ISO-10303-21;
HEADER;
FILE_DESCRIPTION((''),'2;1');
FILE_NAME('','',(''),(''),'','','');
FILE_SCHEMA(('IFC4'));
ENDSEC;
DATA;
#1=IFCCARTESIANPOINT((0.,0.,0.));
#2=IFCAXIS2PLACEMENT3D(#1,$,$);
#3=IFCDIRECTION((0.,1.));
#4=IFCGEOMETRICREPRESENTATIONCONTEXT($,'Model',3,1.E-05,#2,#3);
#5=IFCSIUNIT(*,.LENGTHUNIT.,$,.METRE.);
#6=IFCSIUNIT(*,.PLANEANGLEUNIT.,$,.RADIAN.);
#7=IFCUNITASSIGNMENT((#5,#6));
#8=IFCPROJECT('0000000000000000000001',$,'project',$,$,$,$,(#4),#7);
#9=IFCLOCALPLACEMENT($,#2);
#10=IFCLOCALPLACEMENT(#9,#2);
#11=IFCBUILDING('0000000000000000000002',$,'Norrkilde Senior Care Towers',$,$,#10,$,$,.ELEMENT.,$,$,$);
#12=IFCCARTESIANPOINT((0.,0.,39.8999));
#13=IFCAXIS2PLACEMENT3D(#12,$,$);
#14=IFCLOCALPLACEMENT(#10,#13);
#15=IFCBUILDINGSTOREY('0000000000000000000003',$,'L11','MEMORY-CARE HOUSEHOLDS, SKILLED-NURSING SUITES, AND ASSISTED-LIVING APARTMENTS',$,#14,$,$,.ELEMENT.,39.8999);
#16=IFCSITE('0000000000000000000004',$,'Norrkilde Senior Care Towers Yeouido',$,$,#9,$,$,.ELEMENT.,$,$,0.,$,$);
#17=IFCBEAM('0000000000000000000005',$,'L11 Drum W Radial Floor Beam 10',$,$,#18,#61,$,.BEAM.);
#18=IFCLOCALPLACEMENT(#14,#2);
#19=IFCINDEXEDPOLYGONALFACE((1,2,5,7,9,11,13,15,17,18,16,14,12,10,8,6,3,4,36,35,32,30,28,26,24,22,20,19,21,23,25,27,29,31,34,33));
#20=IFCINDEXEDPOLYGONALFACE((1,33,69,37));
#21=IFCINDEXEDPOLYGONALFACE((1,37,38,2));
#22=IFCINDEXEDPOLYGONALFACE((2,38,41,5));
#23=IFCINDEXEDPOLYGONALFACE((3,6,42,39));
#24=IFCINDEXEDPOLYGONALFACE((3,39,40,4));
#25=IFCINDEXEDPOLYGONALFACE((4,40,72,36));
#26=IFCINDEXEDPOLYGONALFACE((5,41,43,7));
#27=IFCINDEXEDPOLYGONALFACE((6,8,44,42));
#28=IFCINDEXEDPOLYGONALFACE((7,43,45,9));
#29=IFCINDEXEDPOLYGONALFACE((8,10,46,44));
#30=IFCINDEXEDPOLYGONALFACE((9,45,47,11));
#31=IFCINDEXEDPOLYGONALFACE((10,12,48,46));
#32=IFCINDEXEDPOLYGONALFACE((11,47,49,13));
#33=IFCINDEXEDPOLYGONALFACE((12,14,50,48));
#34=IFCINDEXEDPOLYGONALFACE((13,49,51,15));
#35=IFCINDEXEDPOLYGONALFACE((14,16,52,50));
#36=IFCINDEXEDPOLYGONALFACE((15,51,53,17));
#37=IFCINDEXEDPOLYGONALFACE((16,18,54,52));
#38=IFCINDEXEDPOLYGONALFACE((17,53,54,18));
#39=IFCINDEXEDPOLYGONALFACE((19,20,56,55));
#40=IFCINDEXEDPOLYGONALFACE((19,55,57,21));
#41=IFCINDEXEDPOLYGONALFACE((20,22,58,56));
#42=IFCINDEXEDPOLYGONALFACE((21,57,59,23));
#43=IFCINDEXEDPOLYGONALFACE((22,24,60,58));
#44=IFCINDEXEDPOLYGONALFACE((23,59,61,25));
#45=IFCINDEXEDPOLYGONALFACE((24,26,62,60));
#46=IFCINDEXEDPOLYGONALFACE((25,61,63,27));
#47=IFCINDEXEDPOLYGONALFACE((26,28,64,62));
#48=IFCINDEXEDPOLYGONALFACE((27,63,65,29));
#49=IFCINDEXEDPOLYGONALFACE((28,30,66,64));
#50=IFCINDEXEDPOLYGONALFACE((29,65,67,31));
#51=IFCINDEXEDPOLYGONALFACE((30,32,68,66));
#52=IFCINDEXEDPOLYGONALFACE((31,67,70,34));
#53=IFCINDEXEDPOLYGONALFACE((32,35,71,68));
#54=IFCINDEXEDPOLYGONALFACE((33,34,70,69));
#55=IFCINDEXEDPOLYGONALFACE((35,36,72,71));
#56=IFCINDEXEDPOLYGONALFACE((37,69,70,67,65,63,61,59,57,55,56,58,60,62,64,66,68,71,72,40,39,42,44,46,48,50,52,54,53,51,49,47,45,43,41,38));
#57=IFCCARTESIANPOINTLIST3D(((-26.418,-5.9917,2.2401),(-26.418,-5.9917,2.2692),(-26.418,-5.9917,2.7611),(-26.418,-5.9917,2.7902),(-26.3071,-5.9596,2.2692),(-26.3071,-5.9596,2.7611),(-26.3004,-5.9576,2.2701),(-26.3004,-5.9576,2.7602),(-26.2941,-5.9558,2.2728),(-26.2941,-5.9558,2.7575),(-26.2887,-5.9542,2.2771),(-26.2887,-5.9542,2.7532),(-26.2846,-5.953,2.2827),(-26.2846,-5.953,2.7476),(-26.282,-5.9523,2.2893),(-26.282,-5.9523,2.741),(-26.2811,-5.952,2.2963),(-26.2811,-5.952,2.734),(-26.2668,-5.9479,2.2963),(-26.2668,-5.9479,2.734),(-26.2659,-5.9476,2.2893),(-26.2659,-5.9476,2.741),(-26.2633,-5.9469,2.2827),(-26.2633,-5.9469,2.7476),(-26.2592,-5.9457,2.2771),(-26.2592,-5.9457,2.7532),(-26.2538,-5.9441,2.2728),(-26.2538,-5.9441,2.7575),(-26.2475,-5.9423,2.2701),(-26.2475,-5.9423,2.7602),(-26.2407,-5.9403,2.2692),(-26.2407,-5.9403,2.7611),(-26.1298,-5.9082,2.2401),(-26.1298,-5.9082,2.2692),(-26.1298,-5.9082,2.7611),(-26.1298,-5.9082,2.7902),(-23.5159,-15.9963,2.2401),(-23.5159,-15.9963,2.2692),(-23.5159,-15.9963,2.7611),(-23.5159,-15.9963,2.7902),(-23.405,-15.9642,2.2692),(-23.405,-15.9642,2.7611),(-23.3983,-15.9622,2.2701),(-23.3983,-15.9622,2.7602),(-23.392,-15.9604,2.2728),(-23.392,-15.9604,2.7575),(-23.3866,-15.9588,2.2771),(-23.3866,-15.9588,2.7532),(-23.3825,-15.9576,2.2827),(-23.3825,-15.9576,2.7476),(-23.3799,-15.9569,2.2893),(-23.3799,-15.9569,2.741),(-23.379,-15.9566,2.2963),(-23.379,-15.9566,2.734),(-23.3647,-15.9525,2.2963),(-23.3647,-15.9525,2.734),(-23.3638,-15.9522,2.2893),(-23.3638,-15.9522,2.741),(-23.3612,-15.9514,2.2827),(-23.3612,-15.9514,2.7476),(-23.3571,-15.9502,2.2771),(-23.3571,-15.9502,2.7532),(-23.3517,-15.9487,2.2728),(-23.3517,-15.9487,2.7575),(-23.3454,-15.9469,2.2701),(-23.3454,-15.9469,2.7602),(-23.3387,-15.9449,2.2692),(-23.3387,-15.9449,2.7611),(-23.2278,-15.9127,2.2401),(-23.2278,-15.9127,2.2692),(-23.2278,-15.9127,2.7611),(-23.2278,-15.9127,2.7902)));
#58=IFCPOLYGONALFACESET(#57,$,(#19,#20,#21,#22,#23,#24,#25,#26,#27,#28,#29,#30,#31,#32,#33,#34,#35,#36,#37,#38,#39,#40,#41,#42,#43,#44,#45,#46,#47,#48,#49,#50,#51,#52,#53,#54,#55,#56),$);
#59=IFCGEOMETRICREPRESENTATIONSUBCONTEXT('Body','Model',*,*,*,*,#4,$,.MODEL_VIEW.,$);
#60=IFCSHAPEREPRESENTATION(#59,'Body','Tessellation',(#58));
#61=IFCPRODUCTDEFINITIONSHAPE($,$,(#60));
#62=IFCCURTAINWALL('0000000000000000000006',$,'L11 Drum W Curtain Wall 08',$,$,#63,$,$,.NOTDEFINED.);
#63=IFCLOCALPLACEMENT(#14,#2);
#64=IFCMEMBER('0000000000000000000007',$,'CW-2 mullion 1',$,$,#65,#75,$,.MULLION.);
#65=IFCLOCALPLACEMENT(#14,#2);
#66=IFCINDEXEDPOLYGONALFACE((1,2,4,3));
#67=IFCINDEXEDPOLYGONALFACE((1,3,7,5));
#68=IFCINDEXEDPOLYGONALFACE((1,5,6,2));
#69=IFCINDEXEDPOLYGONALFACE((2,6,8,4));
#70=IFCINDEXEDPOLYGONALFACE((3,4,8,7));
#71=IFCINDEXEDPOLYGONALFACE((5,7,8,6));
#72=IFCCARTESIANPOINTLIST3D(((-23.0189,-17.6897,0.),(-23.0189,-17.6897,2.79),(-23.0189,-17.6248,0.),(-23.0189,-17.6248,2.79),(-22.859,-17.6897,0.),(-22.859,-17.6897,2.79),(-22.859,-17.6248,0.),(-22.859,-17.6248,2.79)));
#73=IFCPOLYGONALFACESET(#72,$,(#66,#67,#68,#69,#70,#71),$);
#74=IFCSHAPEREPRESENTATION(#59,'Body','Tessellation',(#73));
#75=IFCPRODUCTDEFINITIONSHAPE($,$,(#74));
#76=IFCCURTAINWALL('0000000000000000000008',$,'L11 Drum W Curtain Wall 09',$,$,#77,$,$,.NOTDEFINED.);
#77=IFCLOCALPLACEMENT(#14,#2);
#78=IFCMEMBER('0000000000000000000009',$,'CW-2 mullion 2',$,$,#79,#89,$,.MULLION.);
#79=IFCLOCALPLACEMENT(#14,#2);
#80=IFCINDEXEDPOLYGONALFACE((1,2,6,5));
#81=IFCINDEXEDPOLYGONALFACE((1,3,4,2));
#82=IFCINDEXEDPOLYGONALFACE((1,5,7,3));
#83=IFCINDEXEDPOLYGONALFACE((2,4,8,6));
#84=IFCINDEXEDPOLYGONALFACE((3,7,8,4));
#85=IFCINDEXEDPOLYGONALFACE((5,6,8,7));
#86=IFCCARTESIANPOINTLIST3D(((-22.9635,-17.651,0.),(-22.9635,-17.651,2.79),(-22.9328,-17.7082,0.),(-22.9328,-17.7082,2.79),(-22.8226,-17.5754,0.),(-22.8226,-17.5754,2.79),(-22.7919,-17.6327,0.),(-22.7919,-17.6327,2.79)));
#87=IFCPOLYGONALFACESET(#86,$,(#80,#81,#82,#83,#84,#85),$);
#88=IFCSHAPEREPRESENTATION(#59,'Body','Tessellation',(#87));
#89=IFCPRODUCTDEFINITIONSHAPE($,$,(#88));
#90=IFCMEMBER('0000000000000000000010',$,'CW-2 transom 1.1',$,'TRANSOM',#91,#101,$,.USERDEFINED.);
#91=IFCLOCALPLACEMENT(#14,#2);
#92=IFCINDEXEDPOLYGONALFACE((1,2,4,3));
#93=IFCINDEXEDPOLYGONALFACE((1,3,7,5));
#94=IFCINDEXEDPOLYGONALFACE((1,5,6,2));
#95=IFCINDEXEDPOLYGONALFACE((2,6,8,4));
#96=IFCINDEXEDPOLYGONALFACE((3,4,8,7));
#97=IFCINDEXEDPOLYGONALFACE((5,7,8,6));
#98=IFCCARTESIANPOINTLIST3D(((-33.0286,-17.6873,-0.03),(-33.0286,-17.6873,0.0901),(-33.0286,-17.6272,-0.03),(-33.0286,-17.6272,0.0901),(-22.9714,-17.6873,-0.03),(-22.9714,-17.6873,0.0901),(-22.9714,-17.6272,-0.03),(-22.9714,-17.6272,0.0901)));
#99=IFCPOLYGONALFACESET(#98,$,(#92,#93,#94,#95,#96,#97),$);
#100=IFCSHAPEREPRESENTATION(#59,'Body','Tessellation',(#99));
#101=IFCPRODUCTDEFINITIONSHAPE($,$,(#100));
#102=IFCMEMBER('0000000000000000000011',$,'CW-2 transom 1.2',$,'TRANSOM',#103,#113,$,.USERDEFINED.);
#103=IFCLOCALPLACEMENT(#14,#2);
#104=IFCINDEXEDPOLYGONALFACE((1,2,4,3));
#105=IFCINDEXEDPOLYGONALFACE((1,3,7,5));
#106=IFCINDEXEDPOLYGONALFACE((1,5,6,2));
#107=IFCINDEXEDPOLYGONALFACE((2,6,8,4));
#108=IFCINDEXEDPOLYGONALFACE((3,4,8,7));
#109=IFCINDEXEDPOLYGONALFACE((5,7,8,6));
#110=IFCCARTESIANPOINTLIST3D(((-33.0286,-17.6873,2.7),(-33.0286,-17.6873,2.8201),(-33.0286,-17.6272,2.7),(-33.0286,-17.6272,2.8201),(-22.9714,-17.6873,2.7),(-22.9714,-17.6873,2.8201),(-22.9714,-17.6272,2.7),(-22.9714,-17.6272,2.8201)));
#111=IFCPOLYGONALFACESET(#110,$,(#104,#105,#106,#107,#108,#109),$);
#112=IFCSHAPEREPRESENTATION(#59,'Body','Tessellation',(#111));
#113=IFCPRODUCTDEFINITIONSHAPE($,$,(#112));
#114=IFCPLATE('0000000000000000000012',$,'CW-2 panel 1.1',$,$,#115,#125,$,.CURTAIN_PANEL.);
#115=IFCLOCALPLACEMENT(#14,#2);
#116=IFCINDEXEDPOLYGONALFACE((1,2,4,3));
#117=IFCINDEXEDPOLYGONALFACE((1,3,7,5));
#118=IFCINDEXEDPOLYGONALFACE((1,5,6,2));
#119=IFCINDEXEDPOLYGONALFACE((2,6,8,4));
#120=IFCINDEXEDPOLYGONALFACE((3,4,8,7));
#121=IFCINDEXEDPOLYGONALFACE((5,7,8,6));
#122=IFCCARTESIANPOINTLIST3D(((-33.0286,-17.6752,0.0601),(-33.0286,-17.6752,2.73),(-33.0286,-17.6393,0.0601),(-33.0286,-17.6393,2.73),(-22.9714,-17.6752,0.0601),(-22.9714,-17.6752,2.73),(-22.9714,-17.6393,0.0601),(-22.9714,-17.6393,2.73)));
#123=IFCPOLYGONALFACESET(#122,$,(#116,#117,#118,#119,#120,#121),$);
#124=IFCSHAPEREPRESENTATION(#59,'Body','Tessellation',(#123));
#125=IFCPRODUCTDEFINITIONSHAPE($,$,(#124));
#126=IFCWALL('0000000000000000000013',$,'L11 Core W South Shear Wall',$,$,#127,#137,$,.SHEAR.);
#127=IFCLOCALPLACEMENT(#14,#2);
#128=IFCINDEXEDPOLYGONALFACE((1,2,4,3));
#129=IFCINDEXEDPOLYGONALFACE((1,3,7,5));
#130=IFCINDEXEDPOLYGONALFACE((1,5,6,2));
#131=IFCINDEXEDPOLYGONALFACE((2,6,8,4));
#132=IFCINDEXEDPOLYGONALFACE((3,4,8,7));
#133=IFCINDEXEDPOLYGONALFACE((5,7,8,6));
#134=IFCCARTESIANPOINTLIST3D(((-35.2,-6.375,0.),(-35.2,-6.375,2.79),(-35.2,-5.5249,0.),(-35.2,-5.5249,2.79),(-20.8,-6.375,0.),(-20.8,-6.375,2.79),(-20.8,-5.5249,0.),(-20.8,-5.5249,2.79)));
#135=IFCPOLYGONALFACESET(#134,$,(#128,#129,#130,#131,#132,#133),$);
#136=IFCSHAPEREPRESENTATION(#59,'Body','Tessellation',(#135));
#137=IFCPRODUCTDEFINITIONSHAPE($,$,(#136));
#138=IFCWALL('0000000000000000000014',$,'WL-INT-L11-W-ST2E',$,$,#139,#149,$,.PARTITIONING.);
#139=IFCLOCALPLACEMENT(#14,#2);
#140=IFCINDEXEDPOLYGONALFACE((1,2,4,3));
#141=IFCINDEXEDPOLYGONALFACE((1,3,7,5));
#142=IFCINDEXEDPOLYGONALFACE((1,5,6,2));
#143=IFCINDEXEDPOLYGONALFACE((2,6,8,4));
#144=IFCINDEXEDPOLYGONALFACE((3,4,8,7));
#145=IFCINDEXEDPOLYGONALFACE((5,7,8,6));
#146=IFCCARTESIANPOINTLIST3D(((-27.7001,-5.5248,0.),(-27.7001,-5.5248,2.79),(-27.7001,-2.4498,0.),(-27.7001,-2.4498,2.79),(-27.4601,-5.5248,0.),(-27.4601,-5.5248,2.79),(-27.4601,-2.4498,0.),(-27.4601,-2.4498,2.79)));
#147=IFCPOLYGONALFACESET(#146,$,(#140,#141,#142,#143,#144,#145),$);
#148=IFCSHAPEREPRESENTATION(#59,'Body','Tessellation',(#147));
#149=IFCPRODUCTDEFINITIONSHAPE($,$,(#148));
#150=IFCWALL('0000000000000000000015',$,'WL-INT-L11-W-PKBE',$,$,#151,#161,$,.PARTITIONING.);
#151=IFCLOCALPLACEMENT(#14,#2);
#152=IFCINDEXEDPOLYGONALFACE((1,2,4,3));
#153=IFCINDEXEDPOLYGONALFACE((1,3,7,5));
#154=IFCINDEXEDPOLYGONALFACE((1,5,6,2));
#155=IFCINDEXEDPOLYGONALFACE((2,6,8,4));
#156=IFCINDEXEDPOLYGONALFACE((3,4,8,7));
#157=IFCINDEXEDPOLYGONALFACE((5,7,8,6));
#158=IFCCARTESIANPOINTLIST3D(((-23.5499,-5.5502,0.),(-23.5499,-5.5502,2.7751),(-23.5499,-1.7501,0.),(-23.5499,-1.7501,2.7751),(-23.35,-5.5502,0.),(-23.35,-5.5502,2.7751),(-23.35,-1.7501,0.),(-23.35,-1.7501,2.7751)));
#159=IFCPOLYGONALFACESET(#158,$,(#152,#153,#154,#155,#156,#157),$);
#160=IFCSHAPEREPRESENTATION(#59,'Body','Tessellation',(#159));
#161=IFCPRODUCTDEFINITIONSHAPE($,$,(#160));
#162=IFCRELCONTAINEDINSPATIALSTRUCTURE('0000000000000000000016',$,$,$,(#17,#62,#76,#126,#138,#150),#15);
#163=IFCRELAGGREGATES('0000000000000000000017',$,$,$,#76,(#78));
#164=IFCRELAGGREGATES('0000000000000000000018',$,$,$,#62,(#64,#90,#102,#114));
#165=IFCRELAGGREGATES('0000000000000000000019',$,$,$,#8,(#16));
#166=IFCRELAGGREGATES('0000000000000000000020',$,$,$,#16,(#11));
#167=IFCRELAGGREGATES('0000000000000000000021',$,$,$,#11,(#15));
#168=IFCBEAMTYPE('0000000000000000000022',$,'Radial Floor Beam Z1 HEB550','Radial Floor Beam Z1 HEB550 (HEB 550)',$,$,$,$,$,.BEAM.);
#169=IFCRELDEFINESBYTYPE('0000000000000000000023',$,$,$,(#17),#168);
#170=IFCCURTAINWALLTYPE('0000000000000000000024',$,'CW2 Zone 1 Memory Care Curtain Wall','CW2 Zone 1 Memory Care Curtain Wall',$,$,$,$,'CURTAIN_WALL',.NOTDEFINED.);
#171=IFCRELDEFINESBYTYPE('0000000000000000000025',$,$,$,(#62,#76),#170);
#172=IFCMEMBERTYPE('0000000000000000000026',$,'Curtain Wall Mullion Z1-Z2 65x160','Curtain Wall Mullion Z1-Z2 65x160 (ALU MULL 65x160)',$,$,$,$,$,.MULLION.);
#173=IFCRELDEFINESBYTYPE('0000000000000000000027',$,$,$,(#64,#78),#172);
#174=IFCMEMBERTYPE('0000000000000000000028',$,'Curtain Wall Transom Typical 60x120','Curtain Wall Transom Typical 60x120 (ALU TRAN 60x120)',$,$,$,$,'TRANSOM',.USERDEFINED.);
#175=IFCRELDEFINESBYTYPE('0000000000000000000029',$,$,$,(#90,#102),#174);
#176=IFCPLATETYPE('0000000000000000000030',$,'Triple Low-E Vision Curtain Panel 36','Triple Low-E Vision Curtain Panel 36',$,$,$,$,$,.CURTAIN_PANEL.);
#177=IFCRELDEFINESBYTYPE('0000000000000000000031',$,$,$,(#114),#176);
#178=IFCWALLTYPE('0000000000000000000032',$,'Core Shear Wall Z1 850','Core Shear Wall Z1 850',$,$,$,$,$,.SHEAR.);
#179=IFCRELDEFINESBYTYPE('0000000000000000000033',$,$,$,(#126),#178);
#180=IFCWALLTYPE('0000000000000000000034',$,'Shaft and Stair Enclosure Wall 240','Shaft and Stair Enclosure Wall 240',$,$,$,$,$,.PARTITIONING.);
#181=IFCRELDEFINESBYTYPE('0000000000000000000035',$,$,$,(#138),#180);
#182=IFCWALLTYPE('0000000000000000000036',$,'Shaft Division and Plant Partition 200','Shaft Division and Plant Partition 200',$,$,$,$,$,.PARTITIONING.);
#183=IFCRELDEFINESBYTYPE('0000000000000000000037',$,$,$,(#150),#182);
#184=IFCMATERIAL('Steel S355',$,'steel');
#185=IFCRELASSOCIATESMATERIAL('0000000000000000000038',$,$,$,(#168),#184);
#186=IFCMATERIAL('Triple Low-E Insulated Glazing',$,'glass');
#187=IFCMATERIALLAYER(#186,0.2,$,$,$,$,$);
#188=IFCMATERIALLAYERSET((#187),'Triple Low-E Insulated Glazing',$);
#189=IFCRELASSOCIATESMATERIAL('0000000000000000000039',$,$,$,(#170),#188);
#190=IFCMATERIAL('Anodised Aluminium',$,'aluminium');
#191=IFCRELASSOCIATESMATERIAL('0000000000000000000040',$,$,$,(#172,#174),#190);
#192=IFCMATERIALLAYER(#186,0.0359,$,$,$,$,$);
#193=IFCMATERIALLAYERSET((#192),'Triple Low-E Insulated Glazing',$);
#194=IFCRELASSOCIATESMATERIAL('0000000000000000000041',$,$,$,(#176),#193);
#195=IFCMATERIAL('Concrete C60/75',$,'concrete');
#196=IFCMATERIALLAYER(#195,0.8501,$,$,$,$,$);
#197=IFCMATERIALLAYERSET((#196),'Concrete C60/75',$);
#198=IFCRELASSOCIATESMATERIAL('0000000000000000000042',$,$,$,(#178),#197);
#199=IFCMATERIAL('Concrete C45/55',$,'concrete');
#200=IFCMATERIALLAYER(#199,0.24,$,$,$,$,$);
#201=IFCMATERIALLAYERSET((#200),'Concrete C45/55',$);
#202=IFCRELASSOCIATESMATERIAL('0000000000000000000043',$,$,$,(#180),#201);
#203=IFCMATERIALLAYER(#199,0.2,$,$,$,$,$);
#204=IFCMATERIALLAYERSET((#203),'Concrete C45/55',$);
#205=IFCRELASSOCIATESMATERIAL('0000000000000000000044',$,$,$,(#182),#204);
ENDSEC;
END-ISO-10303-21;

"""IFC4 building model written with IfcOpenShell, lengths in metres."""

from ifc_helpers import new_model, si_unit, direction, frame, frame_2d, origin, origin_2d, place, context, subcontext, project, spatial, rectangle, i_section, extrude, source, transform, mapped, material, layer, layer_set, material_profile, profile_set, type_object, type_shapes, element, aggregate, save


model = new_model("IFC4")

# Units and contexts
model_context = context("Model", 3, precision=1e-05, world=origin(), true_north=direction((0.0, 1.0)))
body_context = subcontext(model_context, "Body", "Model", "MODEL_VIEW")
ifc_project = project(units=[si_unit("LENGTHUNIT", "METRE"), si_unit("PLANEANGLEUNIT", "RADIAN")], contexts=[model_context])

# Site, building, storey
site_placement = place(None, origin())
site = spatial("IfcSite", under=ifc_project, at=site_placement, Name="Norrkilde Senior Care Towers Yeouido", CompositionType="ELEMENT", RefElevation=0.0)
building_placement = place(site_placement, origin())
building = spatial("IfcBuilding", under=site, at=building_placement, Name="Norrkilde Senior Care Towers", CompositionType="ELEMENT")
storey_placement = place(building_placement, frame((0.0, 0.0, 39.8999)))
storey = spatial("IfcBuildingStorey", under=building, at=storey_placement, Name="L11", Description="MEMORY-CARE HOUSEHOLDS, SKILLED-NURSING SUITES, AND ASSISTED-LIVING APARTMENTS", CompositionType="ELEMENT", Elevation=39.8999)

# Shared definitions
ifc_material_1 = material(Name="Concrete C60/75", Category="concrete")

# Beam
ifc_material_2 = material(Name="Steel S355", Category="steel")
ifc_material_profile_1 = material_profile(ifc_material_2, i_section(OverallWidth=0.3, OverallDepth=0.55, WebThickness=0.0149, FlangeThickness=0.0291, FilletRadius=0.0271, at=origin_2d()), Name="HEB 550")
ifc_profile_set_1 = profile_set([ifc_material_profile_1], Name="Steel S355")
beam_type_1 = type_object("IfcBeamType", Name="Radial Floor Beam Z1 HEB550", Description="Radial Floor Beam Z1 HEB550 (HEB 550)", PredefinedType="BEAM", material=ifc_profile_set_1)
shared_shape_1 = source(origin(), body_context, "Body", "SweptSolid", [
    extrude(i_section(OverallWidth=0.3, OverallDepth=0.55, WebThickness=0.0149, FlangeThickness=0.0291, FilletRadius=0.0271, at=origin_2d()), origin(), (0.0, 0.0, 1.0), 10.417),
])
beam_1_placement = place(storey_placement, frame((-26.2739, -5.95, 2.5151), z_axis=(0.278591, -0.96041, 0.0), x_axis=(0.96041, 0.278591, 0.0)))
element("IfcBeam", 1, at=beam_1_placement, inside=storey, type_object=beam_type_1, Name="L11 Drum W Radial Floor Beam 10", PredefinedType="BEAM", context=body_context, shape_type="MappedRepresentation", body=[
    mapped(shared_shape_1, transform((0.0, 0.0, 0.0), x_axis=(1.0, 0.0, 0.0), y_axis=(0.0, 1.0, 0.0), z_axis=(0.0, 0.0, 1.0), scale=1.0)),
])

# Curtain walls, members
ifc_material_3 = material(Name="Triple Low-E Insulated Glazing", Category="glass")
ifc_layer_1 = layer(ifc_material_3, 0.2)
ifc_layer_set_1 = layer_set([ifc_layer_1], Name="Triple Low-E Insulated Glazing")
curtain_wall_type = type_object("IfcCurtainWallType", Name="CW2 Zone 1 Memory Care Curtain Wall", Description="CW2 Zone 1 Memory Care Curtain Wall", ElementType="CURTAIN_WALL", PredefinedType="NOTDEFINED", material=ifc_layer_set_1)
curtain_wall_1_placement = place(storey_placement, origin())
curtain_wall_1 = element("IfcCurtainWall", 2, at=curtain_wall_1_placement, inside=storey, type_object=curtain_wall_type, Name="L11 Drum W Curtain Wall 08", PredefinedType="NOTDEFINED")
ifc_material_4 = material(Name="Anodised Aluminium", Category="aluminium")
ifc_material_profile_2 = material_profile(ifc_material_4, rectangle(XDim=0.0649, YDim=0.1599, at=origin_2d()), Name="ALU MULL 65x160")
ifc_profile_set_2 = profile_set([ifc_material_profile_2], Name="Anodised Aluminium")
member_type_1 = type_object("IfcMemberType", Name="Curtain Wall Mullion Z1-Z2 65x160", Description="Curtain Wall Mullion Z1-Z2 65x160 (ALU MULL 65x160)", PredefinedType="MULLION", material=ifc_profile_set_2)
shared_shape_2 = source(origin(), body_context, "Body", "SweptSolid", [
    extrude(rectangle(XDim=0.0649, YDim=0.1599, at=origin_2d()), origin(), (0.0, 0.0, 1.0), 2.79),
])
type_shapes(member_type_1, [shared_shape_2])
member_1_placement = place(storey_placement, frame((-22.939, -17.6572, 0.0), z_axis=(0.0, 0.0, 1.0), x_axis=(0.0, -1.0, 0.0)))
member_1 = element("IfcMember", 3, at=member_1_placement, type_object=member_type_1, Name="CW-2 mullion 1", PredefinedType="MULLION", context=body_context, shape_type="MappedRepresentation", body=[
    mapped(shared_shape_2, transform((0.0, 0.0, 0.0), x_axis=(1.0, 0.0, 0.0), y_axis=(0.0, 1.0, 0.0), z_axis=(0.0, 0.0, 1.0), scale=1.0)),
])
curtain_wall_2_placement = place(storey_placement, origin())
curtain_wall_2 = element("IfcCurtainWall", 4, at=curtain_wall_2_placement, inside=storey, type_object=curtain_wall_type, Name="L11 Drum W Curtain Wall 09", PredefinedType="NOTDEFINED")
member_2_placement = place(storey_placement, frame((-22.8777, -17.6418, 0.0), z_axis=(0.0, 0.0, 1.0), x_axis=(0.472608, -0.881273, 0.0)))
member_2 = element("IfcMember", 5, at=member_2_placement, type_object=member_type_1, Name="CW-2 mullion 2", PredefinedType="MULLION", context=body_context, shape_type="MappedRepresentation", body=[
    mapped(shared_shape_2, transform((0.0, 0.0, 0.0), x_axis=(1.0, 0.0, 0.0), y_axis=(0.0, 1.0, 0.0), z_axis=(0.0, 0.0, 1.0), scale=1.0)),
])
aggregate(curtain_wall_2, [member_2])

# Members
ifc_material_profile_3 = material_profile(ifc_material_4, rectangle(XDim=0.0601, YDim=0.1201, at=origin_2d()), Name="ALU TRAN 60x120")
ifc_profile_set_3 = profile_set([ifc_material_profile_3], Name="Anodised Aluminium")
member_type_2 = type_object("IfcMemberType", Name="Curtain Wall Transom Typical 60x120", Description="Curtain Wall Transom Typical 60x120 (ALU TRAN 60x120)", ElementType="TRANSOM", PredefinedType="USERDEFINED", material=ifc_profile_set_3)
shared_shape_3 = source(origin(), body_context, "Body", "SweptSolid", [
    extrude(rectangle(XDim=0.0601, YDim=0.1201, at=origin_2d()), origin(), (0.0, 0.0, 1.0), 10.0571),
])
type_shapes(member_type_2, [shared_shape_3])
member_3_placement = place(storey_placement, frame((-22.9714, -17.6572, 0.03), z_axis=(-1.0, 0.0, 0.0), x_axis=(0.0, -1.0, 0.0)))
member_3 = element("IfcMember", 6, at=member_3_placement, type_object=member_type_2, Name="CW-2 transom 1.1", ObjectType="TRANSOM", PredefinedType="USERDEFINED", context=body_context, shape_type="MappedRepresentation", body=[
    mapped(shared_shape_3, transform((0.0, 0.0, 0.0), x_axis=(1.0, 0.0, 0.0), y_axis=(0.0, 1.0, 0.0), z_axis=(0.0, 0.0, 1.0), scale=1.0)),
])
member_4_placement = place(storey_placement, frame((-22.9714, -17.6572, 2.76), z_axis=(-1.0, 0.0, 0.0), x_axis=(0.0, -1.0, 0.0)))
member_4 = element("IfcMember", 7, at=member_4_placement, type_object=member_type_2, Name="CW-2 transom 1.2", ObjectType="TRANSOM", PredefinedType="USERDEFINED", context=body_context, shape_type="MappedRepresentation", body=[
    mapped(shared_shape_3, transform((0.0, 0.0, 0.0), x_axis=(1.0, 0.0, 0.0), y_axis=(0.0, 1.0, 0.0), z_axis=(0.0, 0.0, 1.0), scale=1.0)),
])

# Plate
ifc_layer_2 = layer(ifc_material_3, 0.0359)
ifc_layer_set_2 = layer_set([ifc_layer_2], Name="Triple Low-E Insulated Glazing")
plate_type = type_object("IfcPlateType", Name="Triple Low-E Vision Curtain Panel 36", Description="Triple Low-E Vision Curtain Panel 36", PredefinedType="CURTAIN_PANEL", material=ifc_layer_set_2)
shared_shape_4 = source(origin(), body_context, "Body", "SweptSolid", [
    extrude(rectangle(XDim=10.0571, YDim=0.0359, at=origin_2d()), origin(), (0.0, 0.0, 1.0), 2.6699),
])
type_shapes(plate_type, [shared_shape_4])
plate_placement = place(storey_placement, frame((-28.0, -17.6572, 0.0601), z_axis=(0.0, 0.0, 1.0), x_axis=(-1.0, 0.0, 0.0)))
plate = element("IfcPlate", 8, at=plate_placement, type_object=plate_type, Name="CW-2 panel 1.1", PredefinedType="CURTAIN_PANEL", context=body_context, shape_type="MappedRepresentation", body=[
    mapped(shared_shape_4, transform((0.0, 0.0, 0.0), x_axis=(1.0, 0.0, 0.0), y_axis=(0.0, 1.0, 0.0), z_axis=(0.0, 0.0, 1.0), scale=1.0)),
])
aggregate(curtain_wall_1, [member_1, member_3, member_4, plate])

# Walls
ifc_layer_3 = layer(ifc_material_1, 0.8501)
ifc_layer_set_3 = layer_set([ifc_layer_3], Name="Concrete C60/75")
wall_type_1 = type_object("IfcWallType", Name="Core Shear Wall Z1 850", Description="Core Shear Wall Z1 850", PredefinedType="SHEAR", material=ifc_layer_set_3)
shared_shape_5 = source(origin(), body_context, "Body", "SweptSolid", [
    extrude(rectangle(XDim=14.3999, YDim=0.8501, at=frame_2d((7.2, 0.0))), origin(), (0.0, 0.0, 1.0), 2.79),
])
type_shapes(wall_type_1, [shared_shape_5])
wall_1_placement = place(storey_placement, frame((-20.8, -5.95, 0.0), z_axis=(0.0, 0.0, 1.0), x_axis=(-1.0, 0.0, 0.0)))
element("IfcWall", 9, at=wall_1_placement, inside=storey, type_object=wall_type_1, Name="L11 Core W South Shear Wall", PredefinedType="SHEAR", context=body_context, shape_type="MappedRepresentation", body=[
    mapped(shared_shape_5, transform((0.0, 0.0, 0.0), x_axis=(1.0, 0.0, 0.0), y_axis=(0.0, 1.0, 0.0), z_axis=(0.0, 0.0, 1.0), scale=1.0)),
])
ifc_material_5 = material(Name="Concrete C45/55", Category="concrete")
ifc_layer_4 = layer(ifc_material_5, 0.24)
ifc_layer_set_4 = layer_set([ifc_layer_4], Name="Concrete C45/55")
wall_type_2 = type_object("IfcWallType", Name="Shaft and Stair Enclosure Wall 240", Description="Shaft and Stair Enclosure Wall 240", PredefinedType="PARTITIONING", material=ifc_layer_set_4)
shared_shape_6 = source(origin(), body_context, "Body", "SweptSolid", [
    extrude(rectangle(XDim=3.075, YDim=0.24, at=frame_2d((1.5376, 0.0))), origin(), (0.0, 0.0, 1.0), 2.79),
])
type_shapes(wall_type_2, [shared_shape_6])
wall_2_placement = place(storey_placement, frame((-27.5801, -5.5249, 0.0), z_axis=(0.0, 0.0, 1.0), x_axis=(0.0, 1.0, 0.0)))
element("IfcWall", 10, at=wall_2_placement, inside=storey, type_object=wall_type_2, Name="WL-INT-L11-W-ST2E", PredefinedType="PARTITIONING", context=body_context, shape_type="MappedRepresentation", body=[
    mapped(shared_shape_6, transform((0.0, 0.0, 0.0), x_axis=(1.0, 0.0, 0.0), y_axis=(0.0, 1.0, 0.0), z_axis=(0.0, 0.0, 1.0), scale=1.0)),
])
ifc_layer_5 = layer(ifc_material_5, 0.2)
ifc_layer_set_5 = layer_set([ifc_layer_5], Name="Concrete C45/55")
wall_type_3 = type_object("IfcWallType", Name="Shaft Division and Plant Partition 200", Description="Shaft Division and Plant Partition 200", PredefinedType="PARTITIONING", material=ifc_layer_set_5)
shared_shape_7 = source(origin(), body_context, "Body", "SweptSolid", [
    extrude(rectangle(XDim=3.8, YDim=0.2, at=frame_2d((1.8999, 0.0))), origin(), (0.0, 0.0, 1.0), 2.7751),
])
type_shapes(wall_type_3, [shared_shape_7])
wall_3_placement = place(storey_placement, frame((-23.45, -5.55, 0.0), z_axis=(0.0, 0.0, 1.0), x_axis=(0.0, 1.0, 0.0)))
element("IfcWall", 11, at=wall_3_placement, inside=storey, type_object=wall_type_3, Name="WL-INT-L11-W-PKBE", PredefinedType="PARTITIONING", context=body_context, shape_type="MappedRepresentation", body=[
    mapped(shared_shape_7, transform((0.0, 0.0, 0.0), x_axis=(1.0, 0.0, 0.0), y_axis=(0.0, 1.0, 0.0), z_axis=(0.0, 0.0, 1.0), scale=1.0)),
])

save(model, "model.ifc")
